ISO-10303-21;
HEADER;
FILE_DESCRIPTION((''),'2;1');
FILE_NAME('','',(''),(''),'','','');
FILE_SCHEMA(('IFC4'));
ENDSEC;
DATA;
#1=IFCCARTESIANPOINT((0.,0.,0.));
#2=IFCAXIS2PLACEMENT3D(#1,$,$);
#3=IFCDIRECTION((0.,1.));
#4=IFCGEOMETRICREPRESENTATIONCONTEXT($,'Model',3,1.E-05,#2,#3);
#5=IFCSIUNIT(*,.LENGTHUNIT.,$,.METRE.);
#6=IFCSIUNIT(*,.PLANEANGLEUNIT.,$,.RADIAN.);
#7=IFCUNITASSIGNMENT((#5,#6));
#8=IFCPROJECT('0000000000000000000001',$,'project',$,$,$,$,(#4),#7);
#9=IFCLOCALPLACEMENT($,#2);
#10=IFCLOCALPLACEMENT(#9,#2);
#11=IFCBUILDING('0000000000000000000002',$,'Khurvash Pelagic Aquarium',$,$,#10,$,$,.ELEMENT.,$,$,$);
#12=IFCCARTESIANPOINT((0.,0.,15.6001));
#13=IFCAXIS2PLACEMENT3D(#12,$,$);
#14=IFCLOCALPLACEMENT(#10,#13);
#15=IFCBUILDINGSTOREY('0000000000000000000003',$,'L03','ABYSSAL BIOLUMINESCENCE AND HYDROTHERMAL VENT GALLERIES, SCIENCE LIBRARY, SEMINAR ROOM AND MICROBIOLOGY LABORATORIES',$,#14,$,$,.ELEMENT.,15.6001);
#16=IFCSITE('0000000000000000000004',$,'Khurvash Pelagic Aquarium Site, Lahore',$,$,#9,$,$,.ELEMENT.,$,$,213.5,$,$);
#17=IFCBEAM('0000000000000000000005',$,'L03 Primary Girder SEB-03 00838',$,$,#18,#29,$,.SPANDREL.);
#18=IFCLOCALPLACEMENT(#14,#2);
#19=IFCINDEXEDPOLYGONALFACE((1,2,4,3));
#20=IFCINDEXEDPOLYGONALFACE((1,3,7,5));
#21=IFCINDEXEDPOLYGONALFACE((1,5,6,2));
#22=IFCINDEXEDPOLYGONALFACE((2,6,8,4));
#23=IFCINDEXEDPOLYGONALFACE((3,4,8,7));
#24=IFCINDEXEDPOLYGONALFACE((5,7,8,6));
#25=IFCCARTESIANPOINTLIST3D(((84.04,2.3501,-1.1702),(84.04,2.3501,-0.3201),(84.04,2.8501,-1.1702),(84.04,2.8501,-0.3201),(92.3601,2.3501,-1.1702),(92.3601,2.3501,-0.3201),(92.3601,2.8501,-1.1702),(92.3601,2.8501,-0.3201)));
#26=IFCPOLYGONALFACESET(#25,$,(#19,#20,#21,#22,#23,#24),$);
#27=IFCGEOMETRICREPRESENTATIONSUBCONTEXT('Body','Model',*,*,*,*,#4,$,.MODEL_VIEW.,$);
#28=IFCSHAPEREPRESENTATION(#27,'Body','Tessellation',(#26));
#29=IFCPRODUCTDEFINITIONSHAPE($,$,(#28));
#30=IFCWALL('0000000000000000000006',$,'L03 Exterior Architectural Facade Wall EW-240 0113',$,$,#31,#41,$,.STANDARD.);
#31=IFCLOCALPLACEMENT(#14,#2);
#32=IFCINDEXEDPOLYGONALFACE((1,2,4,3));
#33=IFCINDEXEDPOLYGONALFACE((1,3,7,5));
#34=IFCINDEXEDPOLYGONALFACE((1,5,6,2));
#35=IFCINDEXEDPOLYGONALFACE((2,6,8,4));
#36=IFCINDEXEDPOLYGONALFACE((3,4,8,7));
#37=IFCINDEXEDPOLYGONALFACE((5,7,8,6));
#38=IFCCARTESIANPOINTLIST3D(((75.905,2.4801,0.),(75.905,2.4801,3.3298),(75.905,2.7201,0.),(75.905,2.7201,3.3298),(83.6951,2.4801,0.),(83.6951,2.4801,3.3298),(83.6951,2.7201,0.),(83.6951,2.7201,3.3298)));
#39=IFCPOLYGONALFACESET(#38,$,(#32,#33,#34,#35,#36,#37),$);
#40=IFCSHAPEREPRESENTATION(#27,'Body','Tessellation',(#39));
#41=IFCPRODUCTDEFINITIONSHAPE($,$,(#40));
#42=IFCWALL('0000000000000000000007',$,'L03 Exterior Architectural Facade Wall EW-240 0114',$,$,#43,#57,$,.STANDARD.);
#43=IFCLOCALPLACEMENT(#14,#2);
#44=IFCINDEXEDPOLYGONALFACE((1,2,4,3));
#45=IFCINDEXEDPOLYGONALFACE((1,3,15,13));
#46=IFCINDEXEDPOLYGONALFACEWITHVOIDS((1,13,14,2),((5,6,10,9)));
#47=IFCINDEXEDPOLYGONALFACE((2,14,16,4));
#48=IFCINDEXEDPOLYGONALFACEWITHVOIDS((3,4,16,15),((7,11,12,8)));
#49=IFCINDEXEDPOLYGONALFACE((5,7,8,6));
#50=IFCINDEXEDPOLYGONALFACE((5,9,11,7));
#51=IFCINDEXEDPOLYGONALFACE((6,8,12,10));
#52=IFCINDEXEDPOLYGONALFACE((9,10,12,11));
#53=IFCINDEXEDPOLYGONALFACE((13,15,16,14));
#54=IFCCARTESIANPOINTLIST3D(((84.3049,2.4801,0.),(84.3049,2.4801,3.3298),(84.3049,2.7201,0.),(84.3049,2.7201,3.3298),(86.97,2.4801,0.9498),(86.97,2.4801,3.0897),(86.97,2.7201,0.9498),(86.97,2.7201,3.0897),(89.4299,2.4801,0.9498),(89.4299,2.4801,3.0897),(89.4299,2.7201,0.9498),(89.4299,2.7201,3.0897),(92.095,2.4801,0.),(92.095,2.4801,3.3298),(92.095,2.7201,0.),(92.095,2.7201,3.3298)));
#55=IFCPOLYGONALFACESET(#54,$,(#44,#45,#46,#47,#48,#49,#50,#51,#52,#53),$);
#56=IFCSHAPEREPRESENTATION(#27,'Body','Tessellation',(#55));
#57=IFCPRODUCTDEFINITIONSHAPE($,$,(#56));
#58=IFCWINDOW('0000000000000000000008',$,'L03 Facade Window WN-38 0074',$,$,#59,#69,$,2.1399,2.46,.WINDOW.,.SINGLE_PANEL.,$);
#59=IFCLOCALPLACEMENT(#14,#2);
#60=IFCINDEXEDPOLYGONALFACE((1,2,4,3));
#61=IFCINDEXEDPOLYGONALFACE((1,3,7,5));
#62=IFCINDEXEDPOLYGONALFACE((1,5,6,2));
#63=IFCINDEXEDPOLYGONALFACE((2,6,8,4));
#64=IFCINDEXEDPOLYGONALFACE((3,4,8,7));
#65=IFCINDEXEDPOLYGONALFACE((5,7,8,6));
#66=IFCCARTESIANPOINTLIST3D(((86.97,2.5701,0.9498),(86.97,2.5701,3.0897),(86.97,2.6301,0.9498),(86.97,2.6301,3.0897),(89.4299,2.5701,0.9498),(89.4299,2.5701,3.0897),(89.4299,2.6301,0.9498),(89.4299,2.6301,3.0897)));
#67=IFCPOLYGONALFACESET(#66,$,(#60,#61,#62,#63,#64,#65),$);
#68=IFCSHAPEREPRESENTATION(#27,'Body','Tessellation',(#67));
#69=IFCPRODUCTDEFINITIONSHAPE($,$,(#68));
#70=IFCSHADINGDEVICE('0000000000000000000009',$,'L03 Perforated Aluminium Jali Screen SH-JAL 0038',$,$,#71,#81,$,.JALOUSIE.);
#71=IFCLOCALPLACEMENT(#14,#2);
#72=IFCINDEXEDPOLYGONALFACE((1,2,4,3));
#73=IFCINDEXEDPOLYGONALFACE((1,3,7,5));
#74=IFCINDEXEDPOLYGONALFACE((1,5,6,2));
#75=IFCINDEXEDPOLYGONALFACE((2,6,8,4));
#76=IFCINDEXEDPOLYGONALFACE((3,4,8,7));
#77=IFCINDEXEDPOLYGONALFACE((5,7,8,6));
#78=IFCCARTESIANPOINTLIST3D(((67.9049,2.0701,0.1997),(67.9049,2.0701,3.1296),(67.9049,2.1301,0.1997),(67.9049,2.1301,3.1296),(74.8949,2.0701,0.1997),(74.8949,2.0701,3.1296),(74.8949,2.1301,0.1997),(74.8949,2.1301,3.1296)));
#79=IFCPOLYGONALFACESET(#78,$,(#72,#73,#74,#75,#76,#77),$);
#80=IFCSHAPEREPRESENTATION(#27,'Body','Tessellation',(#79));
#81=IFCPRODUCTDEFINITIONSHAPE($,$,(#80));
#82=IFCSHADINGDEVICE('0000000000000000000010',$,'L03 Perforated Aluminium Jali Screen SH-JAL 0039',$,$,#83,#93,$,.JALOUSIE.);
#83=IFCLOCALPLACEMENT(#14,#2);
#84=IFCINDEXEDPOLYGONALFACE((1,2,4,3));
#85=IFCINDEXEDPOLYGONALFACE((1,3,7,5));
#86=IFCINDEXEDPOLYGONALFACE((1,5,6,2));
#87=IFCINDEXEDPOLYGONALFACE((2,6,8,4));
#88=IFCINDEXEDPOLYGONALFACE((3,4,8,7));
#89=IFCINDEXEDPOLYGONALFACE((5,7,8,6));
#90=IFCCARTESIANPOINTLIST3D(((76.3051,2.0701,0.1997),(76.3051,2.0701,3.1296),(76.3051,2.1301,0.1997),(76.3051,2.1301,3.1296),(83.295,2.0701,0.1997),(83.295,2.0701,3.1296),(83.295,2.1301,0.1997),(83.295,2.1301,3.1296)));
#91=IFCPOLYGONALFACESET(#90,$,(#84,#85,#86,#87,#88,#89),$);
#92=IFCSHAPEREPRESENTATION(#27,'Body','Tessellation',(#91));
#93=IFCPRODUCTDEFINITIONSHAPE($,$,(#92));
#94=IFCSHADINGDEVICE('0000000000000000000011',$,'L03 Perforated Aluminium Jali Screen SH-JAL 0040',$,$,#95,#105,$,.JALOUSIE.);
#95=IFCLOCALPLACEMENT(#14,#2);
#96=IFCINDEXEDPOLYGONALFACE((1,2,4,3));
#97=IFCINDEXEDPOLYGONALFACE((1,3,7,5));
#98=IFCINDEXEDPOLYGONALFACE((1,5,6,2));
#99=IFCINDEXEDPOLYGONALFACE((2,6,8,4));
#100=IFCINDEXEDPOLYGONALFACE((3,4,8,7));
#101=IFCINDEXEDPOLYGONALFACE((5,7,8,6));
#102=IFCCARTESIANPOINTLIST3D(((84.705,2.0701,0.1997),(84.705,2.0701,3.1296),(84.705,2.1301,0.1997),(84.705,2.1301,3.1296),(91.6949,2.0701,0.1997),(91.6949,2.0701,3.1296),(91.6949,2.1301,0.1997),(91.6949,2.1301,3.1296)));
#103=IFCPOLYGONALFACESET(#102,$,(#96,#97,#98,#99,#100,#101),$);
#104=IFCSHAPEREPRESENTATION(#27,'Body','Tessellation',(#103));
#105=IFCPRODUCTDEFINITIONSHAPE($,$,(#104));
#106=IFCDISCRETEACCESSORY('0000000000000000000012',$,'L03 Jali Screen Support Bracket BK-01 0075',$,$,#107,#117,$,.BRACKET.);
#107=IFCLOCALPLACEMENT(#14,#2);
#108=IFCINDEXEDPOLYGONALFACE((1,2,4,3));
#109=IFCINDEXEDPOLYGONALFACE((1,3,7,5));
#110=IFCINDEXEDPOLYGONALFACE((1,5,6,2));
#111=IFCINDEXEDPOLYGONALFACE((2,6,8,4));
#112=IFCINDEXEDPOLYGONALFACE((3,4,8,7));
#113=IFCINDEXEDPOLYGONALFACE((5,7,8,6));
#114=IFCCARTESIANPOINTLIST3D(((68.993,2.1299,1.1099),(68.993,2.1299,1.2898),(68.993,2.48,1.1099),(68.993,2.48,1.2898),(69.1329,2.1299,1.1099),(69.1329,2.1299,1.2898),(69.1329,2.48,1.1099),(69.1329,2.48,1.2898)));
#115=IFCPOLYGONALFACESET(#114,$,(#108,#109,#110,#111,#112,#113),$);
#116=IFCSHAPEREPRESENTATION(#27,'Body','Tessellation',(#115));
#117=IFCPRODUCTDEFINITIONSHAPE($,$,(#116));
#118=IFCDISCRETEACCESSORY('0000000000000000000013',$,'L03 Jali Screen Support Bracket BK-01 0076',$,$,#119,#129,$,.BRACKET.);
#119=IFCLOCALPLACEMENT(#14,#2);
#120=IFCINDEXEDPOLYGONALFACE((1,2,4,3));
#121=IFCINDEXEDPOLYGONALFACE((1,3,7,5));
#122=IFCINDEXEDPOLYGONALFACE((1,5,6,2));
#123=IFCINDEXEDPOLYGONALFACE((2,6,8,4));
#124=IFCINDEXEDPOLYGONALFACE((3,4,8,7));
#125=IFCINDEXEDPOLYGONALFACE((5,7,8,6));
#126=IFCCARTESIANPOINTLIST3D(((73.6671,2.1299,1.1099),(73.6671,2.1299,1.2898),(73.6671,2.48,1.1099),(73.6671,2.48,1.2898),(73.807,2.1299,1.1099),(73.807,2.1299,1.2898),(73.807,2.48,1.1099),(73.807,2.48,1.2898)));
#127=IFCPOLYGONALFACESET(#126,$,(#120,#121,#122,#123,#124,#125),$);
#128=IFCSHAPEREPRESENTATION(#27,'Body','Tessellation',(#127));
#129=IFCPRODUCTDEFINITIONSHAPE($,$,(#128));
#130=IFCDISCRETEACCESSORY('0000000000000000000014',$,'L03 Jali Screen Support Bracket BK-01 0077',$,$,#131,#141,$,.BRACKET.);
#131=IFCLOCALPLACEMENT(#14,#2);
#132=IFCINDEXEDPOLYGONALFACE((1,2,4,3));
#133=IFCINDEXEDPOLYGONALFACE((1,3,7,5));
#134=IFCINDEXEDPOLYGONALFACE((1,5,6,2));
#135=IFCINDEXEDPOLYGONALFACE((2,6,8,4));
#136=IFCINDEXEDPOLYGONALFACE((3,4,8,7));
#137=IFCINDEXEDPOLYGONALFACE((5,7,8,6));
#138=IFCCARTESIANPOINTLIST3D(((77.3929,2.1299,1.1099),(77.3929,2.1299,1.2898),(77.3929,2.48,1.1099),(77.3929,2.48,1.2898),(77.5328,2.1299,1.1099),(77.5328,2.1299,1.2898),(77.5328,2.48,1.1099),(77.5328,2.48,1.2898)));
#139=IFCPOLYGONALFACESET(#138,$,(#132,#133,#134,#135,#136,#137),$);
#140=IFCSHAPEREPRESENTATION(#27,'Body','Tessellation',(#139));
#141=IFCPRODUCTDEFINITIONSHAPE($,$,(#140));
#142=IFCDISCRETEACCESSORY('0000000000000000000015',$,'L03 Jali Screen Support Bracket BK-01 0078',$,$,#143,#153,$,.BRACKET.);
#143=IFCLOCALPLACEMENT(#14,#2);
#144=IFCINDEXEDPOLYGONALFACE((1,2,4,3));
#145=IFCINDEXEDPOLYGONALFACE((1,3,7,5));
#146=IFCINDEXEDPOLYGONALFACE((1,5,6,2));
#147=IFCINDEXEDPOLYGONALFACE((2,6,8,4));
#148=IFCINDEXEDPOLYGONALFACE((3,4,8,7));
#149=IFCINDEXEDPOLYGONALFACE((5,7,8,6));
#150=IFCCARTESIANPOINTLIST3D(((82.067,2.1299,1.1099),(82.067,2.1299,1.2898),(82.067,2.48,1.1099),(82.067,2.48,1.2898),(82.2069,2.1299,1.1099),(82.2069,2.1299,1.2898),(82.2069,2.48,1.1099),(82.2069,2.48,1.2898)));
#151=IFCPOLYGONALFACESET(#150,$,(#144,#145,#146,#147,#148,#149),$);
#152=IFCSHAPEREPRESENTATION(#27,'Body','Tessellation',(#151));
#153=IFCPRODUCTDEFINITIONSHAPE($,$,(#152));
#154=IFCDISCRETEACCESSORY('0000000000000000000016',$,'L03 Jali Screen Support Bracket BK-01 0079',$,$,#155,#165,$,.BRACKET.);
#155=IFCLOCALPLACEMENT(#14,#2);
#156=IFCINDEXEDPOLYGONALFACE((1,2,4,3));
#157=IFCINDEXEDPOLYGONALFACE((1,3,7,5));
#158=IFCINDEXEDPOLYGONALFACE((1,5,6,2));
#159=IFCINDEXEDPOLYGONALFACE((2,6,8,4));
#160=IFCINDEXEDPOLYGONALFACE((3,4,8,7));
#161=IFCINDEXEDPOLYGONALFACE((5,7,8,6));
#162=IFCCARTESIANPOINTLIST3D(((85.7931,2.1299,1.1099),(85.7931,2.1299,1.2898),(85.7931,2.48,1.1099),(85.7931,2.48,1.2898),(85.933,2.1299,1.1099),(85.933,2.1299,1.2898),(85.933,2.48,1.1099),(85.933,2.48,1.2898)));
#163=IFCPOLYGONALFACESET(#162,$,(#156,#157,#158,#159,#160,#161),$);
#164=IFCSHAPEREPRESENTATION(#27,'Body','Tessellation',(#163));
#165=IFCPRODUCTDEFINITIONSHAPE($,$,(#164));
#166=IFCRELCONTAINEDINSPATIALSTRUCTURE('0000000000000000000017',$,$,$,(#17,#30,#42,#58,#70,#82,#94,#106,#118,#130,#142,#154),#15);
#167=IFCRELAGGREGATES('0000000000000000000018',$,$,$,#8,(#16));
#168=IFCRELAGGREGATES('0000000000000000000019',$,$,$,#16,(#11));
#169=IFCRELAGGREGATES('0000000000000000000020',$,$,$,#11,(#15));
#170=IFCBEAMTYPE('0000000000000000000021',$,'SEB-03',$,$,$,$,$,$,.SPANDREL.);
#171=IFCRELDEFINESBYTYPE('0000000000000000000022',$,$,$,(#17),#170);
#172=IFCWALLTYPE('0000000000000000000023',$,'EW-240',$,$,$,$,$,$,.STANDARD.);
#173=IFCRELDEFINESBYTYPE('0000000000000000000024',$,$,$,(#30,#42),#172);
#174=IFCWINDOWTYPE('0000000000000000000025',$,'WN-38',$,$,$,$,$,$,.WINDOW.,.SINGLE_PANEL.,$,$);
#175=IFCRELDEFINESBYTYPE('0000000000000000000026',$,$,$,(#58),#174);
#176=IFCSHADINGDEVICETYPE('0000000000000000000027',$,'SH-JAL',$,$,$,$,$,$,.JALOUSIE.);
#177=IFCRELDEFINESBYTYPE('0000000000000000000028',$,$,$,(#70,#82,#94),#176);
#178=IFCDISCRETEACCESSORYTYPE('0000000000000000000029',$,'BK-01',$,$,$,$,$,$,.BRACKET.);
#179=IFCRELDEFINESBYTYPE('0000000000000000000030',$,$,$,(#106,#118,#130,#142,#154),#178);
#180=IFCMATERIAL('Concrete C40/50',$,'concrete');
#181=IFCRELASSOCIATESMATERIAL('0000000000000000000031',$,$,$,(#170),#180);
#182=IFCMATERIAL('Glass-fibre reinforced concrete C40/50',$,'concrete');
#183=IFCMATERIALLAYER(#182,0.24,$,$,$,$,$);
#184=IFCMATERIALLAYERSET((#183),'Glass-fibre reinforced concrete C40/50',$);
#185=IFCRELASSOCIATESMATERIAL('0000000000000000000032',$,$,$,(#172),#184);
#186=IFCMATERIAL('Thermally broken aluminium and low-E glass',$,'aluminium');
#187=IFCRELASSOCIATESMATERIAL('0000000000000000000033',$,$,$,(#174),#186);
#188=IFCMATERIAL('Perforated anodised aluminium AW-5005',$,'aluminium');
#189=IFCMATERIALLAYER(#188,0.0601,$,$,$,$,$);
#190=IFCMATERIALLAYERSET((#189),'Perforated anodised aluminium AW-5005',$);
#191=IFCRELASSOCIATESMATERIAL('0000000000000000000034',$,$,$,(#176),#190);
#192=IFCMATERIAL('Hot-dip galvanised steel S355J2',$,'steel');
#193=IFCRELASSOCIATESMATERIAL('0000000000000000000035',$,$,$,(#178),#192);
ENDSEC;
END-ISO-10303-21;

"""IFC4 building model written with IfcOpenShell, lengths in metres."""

from ifc_helpers import new_model, si_unit, direction, frame, frame_2d, origin, origin_2d, place, context, subcontext, project, spatial, rectangle, extrude, material, layer, layer_set, material_profile, profile_set, type_object, element, fill, save


model = new_model("IFC4")

# Units and contexts
model_context = context("Model", 3, precision=1e-05, world=origin(), true_north=direction((0.0, 1.0)))
body_context = subcontext(model_context, "Body", "Model", "MODEL_VIEW")
ifc_project = project(units=[si_unit("LENGTHUNIT", "METRE"), si_unit("PLANEANGLEUNIT", "RADIAN")], contexts=[model_context])

# Site, building, storey
site_placement = place(None, origin())
site = spatial("IfcSite", under=ifc_project, at=site_placement, Name="Khurvash Pelagic Aquarium Site, Lahore", CompositionType="ELEMENT", RefElevation=213.5)
building_placement = place(site_placement, origin())
building = spatial("IfcBuilding", under=site, at=building_placement, Name="Khurvash Pelagic Aquarium", CompositionType="ELEMENT")
storey_placement = place(building_placement, frame((0.0, 0.0, 15.6001)))
storey = spatial("IfcBuildingStorey", under=building, at=storey_placement, Name="L03", Description="ABYSSAL BIOLUMINESCENCE AND HYDROTHERMAL VENT GALLERIES, SCIENCE LIBRARY, SEMINAR ROOM AND MICROBIOLOGY LABORATORIES", CompositionType="ELEMENT", Elevation=15.6001)

# Shared definitions
ifc_material_1 = material(Name="Concrete C40/50", Category="concrete")

# Beam
ifc_material_profile_1 = material_profile(ifc_material_1, rectangle(XDim=0.5, YDim=0.8501, at=origin_2d()), Name="RC500X850")
ifc_profile_set_1 = profile_set([ifc_material_profile_1], Name="Concrete C40/50")
beam_type_1 = type_object("IfcBeamType", Name="SEB-03", PredefinedType="SPANDREL", material=ifc_profile_set_1)
for number, where, z_axis, x_axis, name in (
    (1, (84.04, 2.6001, -0.7451), (1.0, 0.0, 0.0), (0.0, 1.0, 0.0), "L03 Primary Girder SEB-03 00838"),
):
    element("IfcBeam", number, at=place(storey_placement, frame(where, z_axis=z_axis, x_axis=x_axis)), inside=storey, type_object=beam_type_1, Name=name, PredefinedType="SPANDREL", context=body_context, shape_type="SweptSolid", body=[
        extrude(rectangle(XDim=0.5, YDim=0.8501, at=origin_2d()), origin(), (0.0, 0.0, 1.0), 8.3201),
    ])

# Wall
ifc_material_2 = material(Name="Glass-fibre reinforced concrete C40/50", Category="concrete")
ifc_layer_1 = layer(ifc_material_2, 0.24)
ifc_layer_set_1 = layer_set([ifc_layer_1], Name="Glass-fibre reinforced concrete C40/50")
wall_type = type_object("IfcWallType", Name="EW-240", PredefinedType="STANDARD", material=ifc_layer_set_1)
wall_1_placement = place(storey_placement, frame((75.905, 2.6001, 0.0), z_axis=(0.0, 0.0, 1.0), x_axis=(1.0, 0.0, 0.0)))
element("IfcWall", 2, at=wall_1_placement, inside=storey, type_object=wall_type, Name="L03 Exterior Architectural Facade Wall EW-240 0113", PredefinedType="STANDARD", context=body_context, shape_type="SweptSolid", body=[
    extrude(rectangle(XDim=7.79, YDim=0.24, at=frame_2d((3.895, 0.0))), origin(), (0.0, 0.0, 1.0), 3.3298),
])

# Wall, opening, window
wall_2_placement = place(storey_placement, frame((84.3049, 2.6001, 0.0), z_axis=(0.0, 0.0, 1.0), x_axis=(1.0, 0.0, 0.0)))
wall_2 = element("IfcWall", 3, at=wall_2_placement, inside=storey, type_object=wall_type, Name="L03 Exterior Architectural Facade Wall EW-240 0114", PredefinedType="STANDARD", context=body_context, shape_type="SweptSolid", body=[
    extrude(rectangle(XDim=7.79, YDim=0.24, at=frame_2d((3.895, 0.0))), origin(), (0.0, 0.0, 1.0), 3.3298),
])
opening_placement = place(wall_2_placement, frame((2.665, 0.0, 0.95)))
opening = element("IfcOpeningElement", 4, at=opening_placement, cuts=wall_2, PredefinedType="OPENING", context=body_context, shape_type="SweptSolid", body=[
    extrude(rectangle(XDim=2.46, YDim=2.1399, at=frame_2d((1.23, 1.0698))), frame((0.0, 0.1299, 0.0), z_axis=(0.0, -1.0, 0.0), x_axis=(1.0, 0.0, 0.0)), (0.0, 0.0, 1.0), 0.26),
])
ifc_material_3 = material(Name="Thermally broken aluminium and low-E glass", Category="aluminium")
window_type = type_object("IfcWindowType", Name="WN-38", PartitioningType="SINGLE_PANEL", PredefinedType="WINDOW", material=ifc_material_3)
window_placement = place(opening_placement, origin())
window = element("IfcWindow", 5, at=window_placement, inside=storey, type_object=window_type, Name="L03 Facade Window WN-38 0074", OverallHeight=2.1399, OverallWidth=2.46, PartitioningType="SINGLE_PANEL", PredefinedType="WINDOW", context=body_context, shape_type="SweptSolid", body=[
    extrude(rectangle(XDim=2.46, YDim=2.1399, at=frame_2d((1.23, 1.0698))), frame((0.0, 0.03, 0.0), z_axis=(0.0, -1.0, 0.0), x_axis=(1.0, 0.0, 0.0)), (0.0, 0.0, 1.0), 0.0601),
])
fill(opening, window)

# Shading devices
ifc_material_4 = material(Name="Perforated anodised aluminium AW-5005", Category="aluminium")
ifc_layer_2 = layer(ifc_material_4, 0.0601)
ifc_layer_set_2 = layer_set([ifc_layer_2], Name="Perforated anodised aluminium AW-5005")
shading_device_type = type_object("IfcShadingDeviceType", Name="SH-JAL", PredefinedType="JALOUSIE", material=ifc_layer_set_2)
for number, where, z_axis, x_axis, name in (
    (6, (71.3999, 2.1001, 0.1997), (0.0, 0.0, 1.0), (1.0, 0.0, 0.0), "L03 Perforated Aluminium Jali Screen SH-JAL 0038"),
    (7, (79.8, 2.1001, 0.1997), (0.0, 0.0, 1.0), (1.0, 0.0, 0.0), "L03 Perforated Aluminium Jali Screen SH-JAL 0039"),
    (8, (88.2, 2.1001, 0.1997), (0.0, 0.0, 1.0), (1.0, 0.0, 0.0), "L03 Perforated Aluminium Jali Screen SH-JAL 0040"),
):
    element("IfcShadingDevice", number, at=place(storey_placement, frame(where, z_axis=z_axis, x_axis=x_axis)), inside=storey, type_object=shading_device_type, Name=name, PredefinedType="JALOUSIE", context=body_context, shape_type="SweptSolid", body=[
        extrude(rectangle(XDim=6.99, YDim=0.0601, at=origin_2d()), origin(), (0.0, 0.0, 1.0), 2.9299),
    ])

# Discrete accessories
ifc_material_5 = material(Name="Hot-dip galvanised steel S355J2", Category="steel")
discrete_accessory_type = type_object("IfcDiscreteAccessoryType", Name="BK-01", PredefinedType="BRACKET", material=ifc_material_5)
for number, where, z_axis, x_axis, name in (
    (9, (69.063, 2.3049, 1.1099), (0.0, 0.0, 1.0), (1.0, 0.0, 0.0), "L03 Jali Screen Support Bracket BK-01 0075"),
    (10, (73.7371, 2.3049, 1.1099), (0.0, 0.0, 1.0), (1.0, 0.0, 0.0), "L03 Jali Screen Support Bracket BK-01 0076"),
    (11, (77.4629, 2.3049, 1.1099), (0.0, 0.0, 1.0), (1.0, 0.0, 0.0), "L03 Jali Screen Support Bracket BK-01 0077"),
    (12, (82.137, 2.3049, 1.1099), (0.0, 0.0, 1.0), (1.0, 0.0, 0.0), "L03 Jali Screen Support Bracket BK-01 0078"),
    (13, (85.863, 2.3049, 1.1099), (0.0, 0.0, 1.0), (1.0, 0.0, 0.0), "L03 Jali Screen Support Bracket BK-01 0079"),
):
    element("IfcDiscreteAccessory", number, at=place(storey_placement, frame(where, z_axis=z_axis, x_axis=x_axis)), inside=storey, type_object=discrete_accessory_type, Name=name, PredefinedType="BRACKET", context=body_context, shape_type="SweptSolid", body=[
        extrude(rectangle(XDim=0.1399, YDim=0.3501, at=origin_2d()), origin(), (0.0, 0.0, 1.0), 0.1799),
    ])

save(model, "model.ifc")
